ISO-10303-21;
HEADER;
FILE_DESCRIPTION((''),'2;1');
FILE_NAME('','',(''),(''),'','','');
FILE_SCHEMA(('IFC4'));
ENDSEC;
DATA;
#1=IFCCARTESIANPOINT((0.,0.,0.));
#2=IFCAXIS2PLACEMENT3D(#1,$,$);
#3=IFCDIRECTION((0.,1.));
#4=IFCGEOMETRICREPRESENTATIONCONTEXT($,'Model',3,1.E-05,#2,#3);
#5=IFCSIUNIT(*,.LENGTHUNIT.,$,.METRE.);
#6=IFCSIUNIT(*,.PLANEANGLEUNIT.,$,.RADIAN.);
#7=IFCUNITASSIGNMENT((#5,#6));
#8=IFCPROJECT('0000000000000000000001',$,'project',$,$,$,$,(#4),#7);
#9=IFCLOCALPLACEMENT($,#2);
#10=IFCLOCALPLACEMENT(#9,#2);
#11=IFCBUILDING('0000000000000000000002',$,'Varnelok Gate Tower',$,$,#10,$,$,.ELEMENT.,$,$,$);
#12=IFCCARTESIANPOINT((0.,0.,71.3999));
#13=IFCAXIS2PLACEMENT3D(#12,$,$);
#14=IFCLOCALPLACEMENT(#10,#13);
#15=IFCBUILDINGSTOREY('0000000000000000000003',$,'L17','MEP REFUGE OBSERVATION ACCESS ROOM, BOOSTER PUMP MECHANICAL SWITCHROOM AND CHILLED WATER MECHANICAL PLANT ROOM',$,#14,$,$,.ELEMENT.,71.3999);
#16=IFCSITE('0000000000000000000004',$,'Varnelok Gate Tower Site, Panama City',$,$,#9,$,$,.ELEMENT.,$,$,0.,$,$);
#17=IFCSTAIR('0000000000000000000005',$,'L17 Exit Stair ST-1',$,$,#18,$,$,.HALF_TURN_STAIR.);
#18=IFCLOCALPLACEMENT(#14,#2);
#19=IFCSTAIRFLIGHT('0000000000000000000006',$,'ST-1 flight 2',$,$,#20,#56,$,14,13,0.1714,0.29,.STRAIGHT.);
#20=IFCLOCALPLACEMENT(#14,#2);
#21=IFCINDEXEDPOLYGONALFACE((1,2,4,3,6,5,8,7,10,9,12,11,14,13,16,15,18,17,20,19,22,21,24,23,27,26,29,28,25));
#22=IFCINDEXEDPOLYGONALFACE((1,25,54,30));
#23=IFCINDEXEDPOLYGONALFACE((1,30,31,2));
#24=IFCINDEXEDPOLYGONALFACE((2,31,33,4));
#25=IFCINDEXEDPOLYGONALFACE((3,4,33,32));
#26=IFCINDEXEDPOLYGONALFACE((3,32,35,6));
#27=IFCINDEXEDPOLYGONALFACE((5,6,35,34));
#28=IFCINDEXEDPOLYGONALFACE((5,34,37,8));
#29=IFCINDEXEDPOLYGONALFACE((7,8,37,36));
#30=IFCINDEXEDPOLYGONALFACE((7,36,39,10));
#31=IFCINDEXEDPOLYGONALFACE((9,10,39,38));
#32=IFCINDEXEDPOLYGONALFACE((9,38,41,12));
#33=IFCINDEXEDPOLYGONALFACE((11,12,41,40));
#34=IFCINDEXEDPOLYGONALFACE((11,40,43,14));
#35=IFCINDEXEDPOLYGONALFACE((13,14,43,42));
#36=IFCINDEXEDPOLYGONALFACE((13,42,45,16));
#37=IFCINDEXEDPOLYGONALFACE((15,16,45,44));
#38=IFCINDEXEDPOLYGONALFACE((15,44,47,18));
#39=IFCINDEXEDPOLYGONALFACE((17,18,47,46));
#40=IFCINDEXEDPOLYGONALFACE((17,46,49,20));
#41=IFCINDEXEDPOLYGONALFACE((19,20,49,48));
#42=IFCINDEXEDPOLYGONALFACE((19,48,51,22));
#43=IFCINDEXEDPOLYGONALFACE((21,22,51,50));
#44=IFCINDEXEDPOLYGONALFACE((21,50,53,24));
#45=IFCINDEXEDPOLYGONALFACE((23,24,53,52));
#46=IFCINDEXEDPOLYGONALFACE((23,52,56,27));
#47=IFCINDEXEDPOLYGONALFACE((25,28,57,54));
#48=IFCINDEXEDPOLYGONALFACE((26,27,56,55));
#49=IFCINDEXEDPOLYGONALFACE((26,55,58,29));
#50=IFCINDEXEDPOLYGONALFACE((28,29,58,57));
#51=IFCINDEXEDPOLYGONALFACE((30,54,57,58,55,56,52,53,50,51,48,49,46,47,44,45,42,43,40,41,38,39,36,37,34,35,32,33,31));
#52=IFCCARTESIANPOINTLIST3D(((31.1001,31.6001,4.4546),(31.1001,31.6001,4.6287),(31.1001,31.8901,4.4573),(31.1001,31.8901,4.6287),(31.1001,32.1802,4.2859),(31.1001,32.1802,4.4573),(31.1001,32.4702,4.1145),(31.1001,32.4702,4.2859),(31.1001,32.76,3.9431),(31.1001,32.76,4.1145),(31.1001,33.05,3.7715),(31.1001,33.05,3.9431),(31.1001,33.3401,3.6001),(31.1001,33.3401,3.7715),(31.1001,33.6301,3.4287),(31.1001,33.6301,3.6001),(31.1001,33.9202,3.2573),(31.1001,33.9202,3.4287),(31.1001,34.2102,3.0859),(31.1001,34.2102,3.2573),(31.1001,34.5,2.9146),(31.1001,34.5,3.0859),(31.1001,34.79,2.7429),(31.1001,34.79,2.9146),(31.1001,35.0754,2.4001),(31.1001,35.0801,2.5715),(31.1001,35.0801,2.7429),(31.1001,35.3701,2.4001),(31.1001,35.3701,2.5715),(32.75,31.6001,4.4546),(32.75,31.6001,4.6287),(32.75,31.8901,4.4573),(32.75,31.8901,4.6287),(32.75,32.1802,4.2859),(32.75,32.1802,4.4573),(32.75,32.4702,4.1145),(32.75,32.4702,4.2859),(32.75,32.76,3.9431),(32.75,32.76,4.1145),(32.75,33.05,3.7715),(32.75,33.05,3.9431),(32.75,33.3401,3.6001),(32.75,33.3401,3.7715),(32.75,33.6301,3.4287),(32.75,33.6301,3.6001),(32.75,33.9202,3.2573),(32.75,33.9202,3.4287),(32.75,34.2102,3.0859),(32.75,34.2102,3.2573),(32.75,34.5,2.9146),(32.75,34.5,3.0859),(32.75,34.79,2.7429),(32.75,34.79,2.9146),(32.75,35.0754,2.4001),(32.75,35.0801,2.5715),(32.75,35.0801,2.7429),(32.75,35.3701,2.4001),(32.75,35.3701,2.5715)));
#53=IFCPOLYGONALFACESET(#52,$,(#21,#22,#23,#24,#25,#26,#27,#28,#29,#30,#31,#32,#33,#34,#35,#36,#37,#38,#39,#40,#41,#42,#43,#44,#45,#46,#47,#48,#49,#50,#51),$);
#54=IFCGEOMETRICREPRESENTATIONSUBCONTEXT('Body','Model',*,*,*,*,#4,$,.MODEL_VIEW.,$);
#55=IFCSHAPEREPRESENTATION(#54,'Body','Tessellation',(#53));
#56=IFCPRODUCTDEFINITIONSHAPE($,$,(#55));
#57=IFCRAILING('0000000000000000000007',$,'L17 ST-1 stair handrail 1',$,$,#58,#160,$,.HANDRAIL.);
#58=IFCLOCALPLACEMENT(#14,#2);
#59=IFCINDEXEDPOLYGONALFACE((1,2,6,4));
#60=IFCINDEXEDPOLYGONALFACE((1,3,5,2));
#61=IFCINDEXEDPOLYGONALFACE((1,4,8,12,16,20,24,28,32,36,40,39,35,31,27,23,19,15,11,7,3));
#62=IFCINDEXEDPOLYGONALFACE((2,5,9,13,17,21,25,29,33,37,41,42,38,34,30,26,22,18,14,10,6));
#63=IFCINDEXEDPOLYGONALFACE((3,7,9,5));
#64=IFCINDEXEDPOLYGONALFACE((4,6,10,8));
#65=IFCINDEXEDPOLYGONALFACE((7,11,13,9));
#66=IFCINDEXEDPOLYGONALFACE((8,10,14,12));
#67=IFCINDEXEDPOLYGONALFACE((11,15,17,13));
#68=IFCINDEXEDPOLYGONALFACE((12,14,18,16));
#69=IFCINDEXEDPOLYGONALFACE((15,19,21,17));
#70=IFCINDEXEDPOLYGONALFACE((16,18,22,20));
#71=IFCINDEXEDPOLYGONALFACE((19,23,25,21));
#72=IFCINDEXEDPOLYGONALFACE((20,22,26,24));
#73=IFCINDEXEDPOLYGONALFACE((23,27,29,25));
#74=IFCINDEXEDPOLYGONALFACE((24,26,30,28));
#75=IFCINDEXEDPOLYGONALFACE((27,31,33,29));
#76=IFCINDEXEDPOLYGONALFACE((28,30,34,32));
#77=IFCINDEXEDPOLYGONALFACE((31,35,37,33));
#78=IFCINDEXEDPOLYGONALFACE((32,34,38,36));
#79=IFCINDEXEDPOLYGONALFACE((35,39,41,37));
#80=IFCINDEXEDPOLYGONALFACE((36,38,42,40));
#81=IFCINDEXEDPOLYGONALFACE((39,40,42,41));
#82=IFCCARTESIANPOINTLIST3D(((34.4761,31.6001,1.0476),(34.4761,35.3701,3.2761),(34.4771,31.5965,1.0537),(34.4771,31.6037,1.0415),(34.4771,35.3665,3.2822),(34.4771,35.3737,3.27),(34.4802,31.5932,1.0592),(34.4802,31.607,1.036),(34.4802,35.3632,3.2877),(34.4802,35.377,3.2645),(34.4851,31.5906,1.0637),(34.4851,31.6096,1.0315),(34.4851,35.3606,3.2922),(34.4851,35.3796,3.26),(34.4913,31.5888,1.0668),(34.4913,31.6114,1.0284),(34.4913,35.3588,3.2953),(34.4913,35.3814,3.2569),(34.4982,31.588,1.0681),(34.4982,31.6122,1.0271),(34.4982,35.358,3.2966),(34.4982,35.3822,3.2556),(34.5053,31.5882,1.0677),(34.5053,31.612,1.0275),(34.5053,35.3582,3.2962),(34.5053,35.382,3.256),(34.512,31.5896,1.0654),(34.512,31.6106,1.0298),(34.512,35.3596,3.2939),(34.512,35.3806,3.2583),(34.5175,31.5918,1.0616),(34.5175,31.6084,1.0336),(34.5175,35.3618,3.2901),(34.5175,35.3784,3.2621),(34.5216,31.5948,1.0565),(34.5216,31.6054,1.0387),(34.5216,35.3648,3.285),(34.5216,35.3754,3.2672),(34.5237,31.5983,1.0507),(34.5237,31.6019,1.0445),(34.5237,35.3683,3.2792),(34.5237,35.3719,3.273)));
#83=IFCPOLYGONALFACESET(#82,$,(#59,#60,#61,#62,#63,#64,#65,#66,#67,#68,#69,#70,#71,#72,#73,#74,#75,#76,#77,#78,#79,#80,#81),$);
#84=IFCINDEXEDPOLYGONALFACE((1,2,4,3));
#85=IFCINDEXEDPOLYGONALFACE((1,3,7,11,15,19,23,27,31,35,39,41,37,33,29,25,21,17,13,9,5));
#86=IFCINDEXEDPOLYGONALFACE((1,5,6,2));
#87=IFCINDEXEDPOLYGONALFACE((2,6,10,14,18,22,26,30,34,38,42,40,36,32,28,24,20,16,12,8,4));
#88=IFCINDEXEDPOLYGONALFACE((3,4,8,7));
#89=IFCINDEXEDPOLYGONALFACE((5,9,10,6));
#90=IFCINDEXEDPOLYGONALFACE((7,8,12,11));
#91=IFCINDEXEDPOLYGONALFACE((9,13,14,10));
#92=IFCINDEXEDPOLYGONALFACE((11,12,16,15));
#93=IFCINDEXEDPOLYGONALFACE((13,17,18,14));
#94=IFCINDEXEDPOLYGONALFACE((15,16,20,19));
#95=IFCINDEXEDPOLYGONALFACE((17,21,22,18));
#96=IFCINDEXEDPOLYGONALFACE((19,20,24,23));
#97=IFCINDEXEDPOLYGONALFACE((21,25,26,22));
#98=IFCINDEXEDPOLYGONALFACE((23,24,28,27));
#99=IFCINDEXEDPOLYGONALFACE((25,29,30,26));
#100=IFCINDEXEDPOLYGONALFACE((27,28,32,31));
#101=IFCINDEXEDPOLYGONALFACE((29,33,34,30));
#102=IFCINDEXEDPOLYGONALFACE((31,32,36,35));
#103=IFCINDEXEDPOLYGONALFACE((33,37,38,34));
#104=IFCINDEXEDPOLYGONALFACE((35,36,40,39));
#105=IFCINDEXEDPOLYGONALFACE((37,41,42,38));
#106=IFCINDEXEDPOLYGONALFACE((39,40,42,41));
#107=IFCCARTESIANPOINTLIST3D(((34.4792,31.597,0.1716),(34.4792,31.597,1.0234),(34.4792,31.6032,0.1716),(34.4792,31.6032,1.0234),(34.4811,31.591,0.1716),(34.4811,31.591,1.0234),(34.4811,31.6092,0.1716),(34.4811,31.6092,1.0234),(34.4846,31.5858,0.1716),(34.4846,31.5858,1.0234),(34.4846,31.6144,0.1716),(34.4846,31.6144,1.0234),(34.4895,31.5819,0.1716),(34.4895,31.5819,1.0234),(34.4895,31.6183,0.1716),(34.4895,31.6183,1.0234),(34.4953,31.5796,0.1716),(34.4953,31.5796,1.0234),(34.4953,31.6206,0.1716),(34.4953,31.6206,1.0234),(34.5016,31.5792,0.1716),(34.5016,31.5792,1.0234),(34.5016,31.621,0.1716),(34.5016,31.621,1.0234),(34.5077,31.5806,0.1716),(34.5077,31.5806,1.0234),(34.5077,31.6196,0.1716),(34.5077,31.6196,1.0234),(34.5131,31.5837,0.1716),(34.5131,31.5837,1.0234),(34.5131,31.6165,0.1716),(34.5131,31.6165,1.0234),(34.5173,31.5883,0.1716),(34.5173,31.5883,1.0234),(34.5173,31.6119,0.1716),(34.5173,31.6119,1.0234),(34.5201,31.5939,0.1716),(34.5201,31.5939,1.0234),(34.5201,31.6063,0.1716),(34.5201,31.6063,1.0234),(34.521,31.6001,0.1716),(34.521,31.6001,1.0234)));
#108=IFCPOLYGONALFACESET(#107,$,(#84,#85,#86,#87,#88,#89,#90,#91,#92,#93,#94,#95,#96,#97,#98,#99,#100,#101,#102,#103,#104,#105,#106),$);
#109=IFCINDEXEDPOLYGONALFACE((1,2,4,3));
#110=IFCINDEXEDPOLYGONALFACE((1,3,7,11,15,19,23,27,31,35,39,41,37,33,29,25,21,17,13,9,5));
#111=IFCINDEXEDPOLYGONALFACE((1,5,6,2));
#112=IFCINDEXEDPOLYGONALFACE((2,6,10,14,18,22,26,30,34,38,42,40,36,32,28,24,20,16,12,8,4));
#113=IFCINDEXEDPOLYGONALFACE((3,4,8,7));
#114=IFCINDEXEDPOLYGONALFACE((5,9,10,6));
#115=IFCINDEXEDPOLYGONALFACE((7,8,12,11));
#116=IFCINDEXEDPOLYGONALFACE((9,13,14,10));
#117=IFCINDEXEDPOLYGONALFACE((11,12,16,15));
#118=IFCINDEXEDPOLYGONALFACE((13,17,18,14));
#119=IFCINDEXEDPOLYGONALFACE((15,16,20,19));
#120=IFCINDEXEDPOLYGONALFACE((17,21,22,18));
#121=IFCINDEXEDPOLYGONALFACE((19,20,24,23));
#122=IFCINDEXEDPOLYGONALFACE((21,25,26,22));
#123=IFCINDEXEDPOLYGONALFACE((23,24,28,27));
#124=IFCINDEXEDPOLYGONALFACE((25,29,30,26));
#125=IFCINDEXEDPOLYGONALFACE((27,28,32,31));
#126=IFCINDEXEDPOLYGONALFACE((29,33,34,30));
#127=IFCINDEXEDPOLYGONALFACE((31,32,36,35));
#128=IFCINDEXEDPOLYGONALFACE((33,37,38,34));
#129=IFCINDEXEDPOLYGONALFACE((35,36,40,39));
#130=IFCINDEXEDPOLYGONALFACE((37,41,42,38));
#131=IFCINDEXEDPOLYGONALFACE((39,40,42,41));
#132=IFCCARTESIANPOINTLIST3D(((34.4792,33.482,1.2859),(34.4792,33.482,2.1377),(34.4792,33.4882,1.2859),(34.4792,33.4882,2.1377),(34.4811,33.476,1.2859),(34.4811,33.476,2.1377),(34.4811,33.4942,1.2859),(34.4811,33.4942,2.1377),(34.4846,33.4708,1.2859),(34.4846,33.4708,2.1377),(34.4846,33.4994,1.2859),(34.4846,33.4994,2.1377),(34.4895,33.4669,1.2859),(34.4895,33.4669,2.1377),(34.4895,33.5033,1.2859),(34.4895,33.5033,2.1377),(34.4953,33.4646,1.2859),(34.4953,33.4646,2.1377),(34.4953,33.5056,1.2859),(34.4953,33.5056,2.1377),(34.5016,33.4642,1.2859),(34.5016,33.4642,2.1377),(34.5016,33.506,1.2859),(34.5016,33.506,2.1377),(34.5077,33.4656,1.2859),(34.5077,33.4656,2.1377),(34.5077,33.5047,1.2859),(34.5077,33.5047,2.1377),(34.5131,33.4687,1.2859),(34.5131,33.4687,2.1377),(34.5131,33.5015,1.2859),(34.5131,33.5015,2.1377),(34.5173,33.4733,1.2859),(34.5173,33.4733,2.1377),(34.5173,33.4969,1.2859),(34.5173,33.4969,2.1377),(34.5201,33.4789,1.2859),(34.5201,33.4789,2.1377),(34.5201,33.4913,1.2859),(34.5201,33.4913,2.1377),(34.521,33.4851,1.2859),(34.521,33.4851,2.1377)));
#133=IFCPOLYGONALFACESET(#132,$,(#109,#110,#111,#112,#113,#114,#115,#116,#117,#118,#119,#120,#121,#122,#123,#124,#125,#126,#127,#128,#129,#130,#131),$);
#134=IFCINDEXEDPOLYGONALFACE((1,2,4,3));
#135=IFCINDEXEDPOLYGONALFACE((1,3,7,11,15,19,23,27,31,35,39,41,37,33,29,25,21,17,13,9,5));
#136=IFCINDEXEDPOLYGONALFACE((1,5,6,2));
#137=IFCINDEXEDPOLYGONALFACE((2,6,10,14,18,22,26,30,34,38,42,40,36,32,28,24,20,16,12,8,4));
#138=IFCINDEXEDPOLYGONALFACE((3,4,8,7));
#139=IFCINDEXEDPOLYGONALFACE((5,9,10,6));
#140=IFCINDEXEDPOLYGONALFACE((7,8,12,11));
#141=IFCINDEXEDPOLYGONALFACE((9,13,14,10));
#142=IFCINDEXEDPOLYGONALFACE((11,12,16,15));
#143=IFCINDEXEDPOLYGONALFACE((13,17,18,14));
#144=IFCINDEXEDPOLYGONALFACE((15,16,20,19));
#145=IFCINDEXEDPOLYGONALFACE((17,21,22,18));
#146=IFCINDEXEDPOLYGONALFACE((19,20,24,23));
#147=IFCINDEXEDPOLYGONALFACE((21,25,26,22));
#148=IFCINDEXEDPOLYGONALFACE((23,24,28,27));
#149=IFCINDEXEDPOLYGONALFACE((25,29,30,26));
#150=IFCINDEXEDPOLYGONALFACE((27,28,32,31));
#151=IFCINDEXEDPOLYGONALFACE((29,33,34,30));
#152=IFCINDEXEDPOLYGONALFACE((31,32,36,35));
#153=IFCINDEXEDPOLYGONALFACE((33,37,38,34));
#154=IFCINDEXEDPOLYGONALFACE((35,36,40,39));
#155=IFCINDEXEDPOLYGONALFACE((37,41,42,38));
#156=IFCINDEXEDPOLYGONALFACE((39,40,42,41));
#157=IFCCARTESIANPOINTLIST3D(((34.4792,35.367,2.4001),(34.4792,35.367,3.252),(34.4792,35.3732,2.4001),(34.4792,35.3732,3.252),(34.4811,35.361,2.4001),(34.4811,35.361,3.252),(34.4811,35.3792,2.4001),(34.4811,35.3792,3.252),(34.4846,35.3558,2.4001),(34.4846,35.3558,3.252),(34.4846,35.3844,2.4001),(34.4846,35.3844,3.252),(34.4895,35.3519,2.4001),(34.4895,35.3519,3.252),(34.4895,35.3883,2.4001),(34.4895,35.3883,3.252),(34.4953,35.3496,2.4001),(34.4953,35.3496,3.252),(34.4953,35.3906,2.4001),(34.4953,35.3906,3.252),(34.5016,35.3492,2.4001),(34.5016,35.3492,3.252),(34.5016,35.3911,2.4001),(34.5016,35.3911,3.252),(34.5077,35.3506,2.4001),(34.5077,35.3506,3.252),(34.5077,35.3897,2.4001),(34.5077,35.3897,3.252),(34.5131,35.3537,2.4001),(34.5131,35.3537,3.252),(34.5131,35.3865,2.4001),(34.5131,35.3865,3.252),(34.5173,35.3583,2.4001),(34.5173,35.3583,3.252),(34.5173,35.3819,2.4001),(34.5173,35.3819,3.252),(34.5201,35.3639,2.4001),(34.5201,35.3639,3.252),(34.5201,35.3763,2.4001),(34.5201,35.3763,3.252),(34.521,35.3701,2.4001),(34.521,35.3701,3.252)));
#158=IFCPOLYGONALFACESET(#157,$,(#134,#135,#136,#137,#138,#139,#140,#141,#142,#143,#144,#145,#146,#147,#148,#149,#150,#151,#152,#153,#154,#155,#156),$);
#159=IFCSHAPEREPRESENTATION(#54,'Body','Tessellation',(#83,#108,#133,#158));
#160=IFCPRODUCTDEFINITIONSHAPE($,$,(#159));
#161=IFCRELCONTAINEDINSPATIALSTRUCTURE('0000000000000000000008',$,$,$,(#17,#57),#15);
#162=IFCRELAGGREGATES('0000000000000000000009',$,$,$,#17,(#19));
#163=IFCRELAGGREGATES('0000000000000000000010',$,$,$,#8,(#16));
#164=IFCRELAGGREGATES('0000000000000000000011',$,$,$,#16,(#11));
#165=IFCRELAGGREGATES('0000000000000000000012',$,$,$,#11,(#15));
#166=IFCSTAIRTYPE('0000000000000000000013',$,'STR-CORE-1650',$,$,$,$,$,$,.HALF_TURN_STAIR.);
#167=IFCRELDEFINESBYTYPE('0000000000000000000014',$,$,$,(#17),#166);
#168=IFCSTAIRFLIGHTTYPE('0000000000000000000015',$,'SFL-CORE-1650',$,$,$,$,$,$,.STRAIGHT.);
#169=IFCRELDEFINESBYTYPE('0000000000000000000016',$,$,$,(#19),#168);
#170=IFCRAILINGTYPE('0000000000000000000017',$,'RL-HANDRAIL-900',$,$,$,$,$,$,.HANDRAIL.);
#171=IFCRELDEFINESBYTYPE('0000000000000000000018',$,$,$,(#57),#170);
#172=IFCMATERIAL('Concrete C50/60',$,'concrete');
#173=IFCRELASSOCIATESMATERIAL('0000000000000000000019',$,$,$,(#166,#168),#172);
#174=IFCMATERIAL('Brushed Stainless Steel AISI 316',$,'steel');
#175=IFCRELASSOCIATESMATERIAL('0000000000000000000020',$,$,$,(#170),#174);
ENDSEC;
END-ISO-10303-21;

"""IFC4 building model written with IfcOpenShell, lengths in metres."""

from ifc_helpers import new_model, si_unit, direction, frame, origin, origin_2d, place, context, subcontext, project, spatial, polyline, circle, outline, extrude, material, type_object, element, aggregate, save


model = new_model("IFC4")

# Units and contexts
model_context = context("Model", 3, precision=1e-05, world=origin(), true_north=direction((0.0, 1.0)))
body_context = subcontext(model_context, "Body", "Model", "MODEL_VIEW")
ifc_project = project(units=[si_unit("LENGTHUNIT", "METRE"), si_unit("PLANEANGLEUNIT", "RADIAN")], contexts=[model_context])

# Site, building, storey
site_placement = place(None, origin())
site = spatial("IfcSite", under=ifc_project, at=site_placement, Name="Varnelok Gate Tower Site, Panama City", CompositionType="ELEMENT", RefElevation=0.0)
building_placement = place(site_placement, origin())
building = spatial("IfcBuilding", under=site, at=building_placement, Name="Varnelok Gate Tower", CompositionType="ELEMENT")
storey_placement = place(building_placement, frame((0.0, 0.0, 71.3999)))
storey = spatial("IfcBuildingStorey", under=building, at=storey_placement, Name="L17", Description="MEP REFUGE OBSERVATION ACCESS ROOM, BOOSTER PUMP MECHANICAL SWITCHROOM AND CHILLED WATER MECHANICAL PLANT ROOM", CompositionType="ELEMENT", Elevation=71.3999)

# Stair, stair flight
ifc_material_1 = material(Name="Concrete C50/60", Category="concrete")
stair_type = type_object("IfcStairType", Name="STR-CORE-1650", PredefinedType="HALF_TURN_STAIR", material=ifc_material_1)
stair_placement = place(storey_placement, origin())
stair = element("IfcStair", 1, at=stair_placement, inside=storey, type_object=stair_type, Name="L17 Exit Stair ST-1", PredefinedType="HALF_TURN_STAIR")
stair_flight_type = type_object("IfcStairFlightType", Name="SFL-CORE-1650", PredefinedType="STRAIGHT", material=ifc_material_1)
stair_flight_1_placement = place(storey_placement, frame((31.925, 35.3701, 2.4001), z_axis=(0.0, 0.0, 1.0), x_axis=(0.0, -1.0, 0.0)))
stair_flight_1 = element("IfcStairFlight", 2, at=stair_flight_1_placement, type_object=stair_flight_type, Name="ST-1 flight 2", NumberOfRisers=14, NumberOfTreads=13, PredefinedType="STRAIGHT", RiserHeight=0.1714, TreadLength=0.29, context=body_context, shape_type="SweptSolid", body=[
    extrude(outline(polyline([(0.0, 0.0), (0.0, 0.1714), (0.29, 0.1714), (0.29, 0.3428), (0.5801, 0.3428), (0.5801, 0.5144), (0.8701, 0.5144), (0.8701, 0.6858), (1.1599, 0.6858), (1.1599, 0.8572), (1.45, 0.8572), (1.45, 1.0286), (1.74, 1.0286), (1.74, 1.2), (2.03, 1.2), (2.03, 1.3713), (2.3201, 1.3713), (2.3201, 1.543), (2.6101, 1.543), (2.6101, 1.7144), (2.8999, 1.7144), (2.8999, 1.8857), (3.1899, 1.8857), (3.1899, 2.0571), (3.48, 2.0571), (3.48, 2.2285), (3.77, 2.2285), (3.77, 2.3999), (3.77, 2.0544), (0.2947, 0.0), (0.0, 0.0)])), frame((0.0, 0.825, 0.0), z_axis=(0.0, -1.0, 0.0), x_axis=(1.0, 0.0, 0.0)), (0.0, 0.0, 1.0), 1.6499),
])
aggregate(stair, [stair_flight_1])

# Railing
ifc_material_2 = material(Name="Brushed Stainless Steel AISI 316", Category="steel")
railing_type_1 = type_object("IfcRailingType", Name="RL-HANDRAIL-900", PredefinedType="HANDRAIL", material=ifc_material_2)
railing_1_placement = place(storey_placement, frame((34.5, 31.6001, 0.1716)))
element("IfcRailing", 3, at=railing_1_placement, inside=storey, type_object=railing_type_1, Name="L17 ST-1 stair handrail 1", PredefinedType="HANDRAIL", context=body_context, shape_type="SweptSolid", body=[
    extrude(circle(Radius=0.0239, at=origin_2d()), frame((0.0, 0.0, 0.876), z_axis=(0.0, 0.860849, 0.508861), x_axis=(-1.0, 0.0, 0.0)), (0.0, 0.0, 1.0), 4.3794),
    extrude(circle(Radius=0.021, at=origin_2d()), origin(), (0.0, 0.0, 1.0), 0.8518),
    extrude(circle(Radius=0.021, at=origin_2d()), frame((0.0, 1.885, 1.1143)), (0.0, 0.0, 1.0), 0.8518),
    extrude(circle(Radius=0.021, at=origin_2d()), frame((0.0, 3.77, 2.2285)), (0.0, 0.0, 1.0), 0.8518),
])

save(model, "model.ifc")
